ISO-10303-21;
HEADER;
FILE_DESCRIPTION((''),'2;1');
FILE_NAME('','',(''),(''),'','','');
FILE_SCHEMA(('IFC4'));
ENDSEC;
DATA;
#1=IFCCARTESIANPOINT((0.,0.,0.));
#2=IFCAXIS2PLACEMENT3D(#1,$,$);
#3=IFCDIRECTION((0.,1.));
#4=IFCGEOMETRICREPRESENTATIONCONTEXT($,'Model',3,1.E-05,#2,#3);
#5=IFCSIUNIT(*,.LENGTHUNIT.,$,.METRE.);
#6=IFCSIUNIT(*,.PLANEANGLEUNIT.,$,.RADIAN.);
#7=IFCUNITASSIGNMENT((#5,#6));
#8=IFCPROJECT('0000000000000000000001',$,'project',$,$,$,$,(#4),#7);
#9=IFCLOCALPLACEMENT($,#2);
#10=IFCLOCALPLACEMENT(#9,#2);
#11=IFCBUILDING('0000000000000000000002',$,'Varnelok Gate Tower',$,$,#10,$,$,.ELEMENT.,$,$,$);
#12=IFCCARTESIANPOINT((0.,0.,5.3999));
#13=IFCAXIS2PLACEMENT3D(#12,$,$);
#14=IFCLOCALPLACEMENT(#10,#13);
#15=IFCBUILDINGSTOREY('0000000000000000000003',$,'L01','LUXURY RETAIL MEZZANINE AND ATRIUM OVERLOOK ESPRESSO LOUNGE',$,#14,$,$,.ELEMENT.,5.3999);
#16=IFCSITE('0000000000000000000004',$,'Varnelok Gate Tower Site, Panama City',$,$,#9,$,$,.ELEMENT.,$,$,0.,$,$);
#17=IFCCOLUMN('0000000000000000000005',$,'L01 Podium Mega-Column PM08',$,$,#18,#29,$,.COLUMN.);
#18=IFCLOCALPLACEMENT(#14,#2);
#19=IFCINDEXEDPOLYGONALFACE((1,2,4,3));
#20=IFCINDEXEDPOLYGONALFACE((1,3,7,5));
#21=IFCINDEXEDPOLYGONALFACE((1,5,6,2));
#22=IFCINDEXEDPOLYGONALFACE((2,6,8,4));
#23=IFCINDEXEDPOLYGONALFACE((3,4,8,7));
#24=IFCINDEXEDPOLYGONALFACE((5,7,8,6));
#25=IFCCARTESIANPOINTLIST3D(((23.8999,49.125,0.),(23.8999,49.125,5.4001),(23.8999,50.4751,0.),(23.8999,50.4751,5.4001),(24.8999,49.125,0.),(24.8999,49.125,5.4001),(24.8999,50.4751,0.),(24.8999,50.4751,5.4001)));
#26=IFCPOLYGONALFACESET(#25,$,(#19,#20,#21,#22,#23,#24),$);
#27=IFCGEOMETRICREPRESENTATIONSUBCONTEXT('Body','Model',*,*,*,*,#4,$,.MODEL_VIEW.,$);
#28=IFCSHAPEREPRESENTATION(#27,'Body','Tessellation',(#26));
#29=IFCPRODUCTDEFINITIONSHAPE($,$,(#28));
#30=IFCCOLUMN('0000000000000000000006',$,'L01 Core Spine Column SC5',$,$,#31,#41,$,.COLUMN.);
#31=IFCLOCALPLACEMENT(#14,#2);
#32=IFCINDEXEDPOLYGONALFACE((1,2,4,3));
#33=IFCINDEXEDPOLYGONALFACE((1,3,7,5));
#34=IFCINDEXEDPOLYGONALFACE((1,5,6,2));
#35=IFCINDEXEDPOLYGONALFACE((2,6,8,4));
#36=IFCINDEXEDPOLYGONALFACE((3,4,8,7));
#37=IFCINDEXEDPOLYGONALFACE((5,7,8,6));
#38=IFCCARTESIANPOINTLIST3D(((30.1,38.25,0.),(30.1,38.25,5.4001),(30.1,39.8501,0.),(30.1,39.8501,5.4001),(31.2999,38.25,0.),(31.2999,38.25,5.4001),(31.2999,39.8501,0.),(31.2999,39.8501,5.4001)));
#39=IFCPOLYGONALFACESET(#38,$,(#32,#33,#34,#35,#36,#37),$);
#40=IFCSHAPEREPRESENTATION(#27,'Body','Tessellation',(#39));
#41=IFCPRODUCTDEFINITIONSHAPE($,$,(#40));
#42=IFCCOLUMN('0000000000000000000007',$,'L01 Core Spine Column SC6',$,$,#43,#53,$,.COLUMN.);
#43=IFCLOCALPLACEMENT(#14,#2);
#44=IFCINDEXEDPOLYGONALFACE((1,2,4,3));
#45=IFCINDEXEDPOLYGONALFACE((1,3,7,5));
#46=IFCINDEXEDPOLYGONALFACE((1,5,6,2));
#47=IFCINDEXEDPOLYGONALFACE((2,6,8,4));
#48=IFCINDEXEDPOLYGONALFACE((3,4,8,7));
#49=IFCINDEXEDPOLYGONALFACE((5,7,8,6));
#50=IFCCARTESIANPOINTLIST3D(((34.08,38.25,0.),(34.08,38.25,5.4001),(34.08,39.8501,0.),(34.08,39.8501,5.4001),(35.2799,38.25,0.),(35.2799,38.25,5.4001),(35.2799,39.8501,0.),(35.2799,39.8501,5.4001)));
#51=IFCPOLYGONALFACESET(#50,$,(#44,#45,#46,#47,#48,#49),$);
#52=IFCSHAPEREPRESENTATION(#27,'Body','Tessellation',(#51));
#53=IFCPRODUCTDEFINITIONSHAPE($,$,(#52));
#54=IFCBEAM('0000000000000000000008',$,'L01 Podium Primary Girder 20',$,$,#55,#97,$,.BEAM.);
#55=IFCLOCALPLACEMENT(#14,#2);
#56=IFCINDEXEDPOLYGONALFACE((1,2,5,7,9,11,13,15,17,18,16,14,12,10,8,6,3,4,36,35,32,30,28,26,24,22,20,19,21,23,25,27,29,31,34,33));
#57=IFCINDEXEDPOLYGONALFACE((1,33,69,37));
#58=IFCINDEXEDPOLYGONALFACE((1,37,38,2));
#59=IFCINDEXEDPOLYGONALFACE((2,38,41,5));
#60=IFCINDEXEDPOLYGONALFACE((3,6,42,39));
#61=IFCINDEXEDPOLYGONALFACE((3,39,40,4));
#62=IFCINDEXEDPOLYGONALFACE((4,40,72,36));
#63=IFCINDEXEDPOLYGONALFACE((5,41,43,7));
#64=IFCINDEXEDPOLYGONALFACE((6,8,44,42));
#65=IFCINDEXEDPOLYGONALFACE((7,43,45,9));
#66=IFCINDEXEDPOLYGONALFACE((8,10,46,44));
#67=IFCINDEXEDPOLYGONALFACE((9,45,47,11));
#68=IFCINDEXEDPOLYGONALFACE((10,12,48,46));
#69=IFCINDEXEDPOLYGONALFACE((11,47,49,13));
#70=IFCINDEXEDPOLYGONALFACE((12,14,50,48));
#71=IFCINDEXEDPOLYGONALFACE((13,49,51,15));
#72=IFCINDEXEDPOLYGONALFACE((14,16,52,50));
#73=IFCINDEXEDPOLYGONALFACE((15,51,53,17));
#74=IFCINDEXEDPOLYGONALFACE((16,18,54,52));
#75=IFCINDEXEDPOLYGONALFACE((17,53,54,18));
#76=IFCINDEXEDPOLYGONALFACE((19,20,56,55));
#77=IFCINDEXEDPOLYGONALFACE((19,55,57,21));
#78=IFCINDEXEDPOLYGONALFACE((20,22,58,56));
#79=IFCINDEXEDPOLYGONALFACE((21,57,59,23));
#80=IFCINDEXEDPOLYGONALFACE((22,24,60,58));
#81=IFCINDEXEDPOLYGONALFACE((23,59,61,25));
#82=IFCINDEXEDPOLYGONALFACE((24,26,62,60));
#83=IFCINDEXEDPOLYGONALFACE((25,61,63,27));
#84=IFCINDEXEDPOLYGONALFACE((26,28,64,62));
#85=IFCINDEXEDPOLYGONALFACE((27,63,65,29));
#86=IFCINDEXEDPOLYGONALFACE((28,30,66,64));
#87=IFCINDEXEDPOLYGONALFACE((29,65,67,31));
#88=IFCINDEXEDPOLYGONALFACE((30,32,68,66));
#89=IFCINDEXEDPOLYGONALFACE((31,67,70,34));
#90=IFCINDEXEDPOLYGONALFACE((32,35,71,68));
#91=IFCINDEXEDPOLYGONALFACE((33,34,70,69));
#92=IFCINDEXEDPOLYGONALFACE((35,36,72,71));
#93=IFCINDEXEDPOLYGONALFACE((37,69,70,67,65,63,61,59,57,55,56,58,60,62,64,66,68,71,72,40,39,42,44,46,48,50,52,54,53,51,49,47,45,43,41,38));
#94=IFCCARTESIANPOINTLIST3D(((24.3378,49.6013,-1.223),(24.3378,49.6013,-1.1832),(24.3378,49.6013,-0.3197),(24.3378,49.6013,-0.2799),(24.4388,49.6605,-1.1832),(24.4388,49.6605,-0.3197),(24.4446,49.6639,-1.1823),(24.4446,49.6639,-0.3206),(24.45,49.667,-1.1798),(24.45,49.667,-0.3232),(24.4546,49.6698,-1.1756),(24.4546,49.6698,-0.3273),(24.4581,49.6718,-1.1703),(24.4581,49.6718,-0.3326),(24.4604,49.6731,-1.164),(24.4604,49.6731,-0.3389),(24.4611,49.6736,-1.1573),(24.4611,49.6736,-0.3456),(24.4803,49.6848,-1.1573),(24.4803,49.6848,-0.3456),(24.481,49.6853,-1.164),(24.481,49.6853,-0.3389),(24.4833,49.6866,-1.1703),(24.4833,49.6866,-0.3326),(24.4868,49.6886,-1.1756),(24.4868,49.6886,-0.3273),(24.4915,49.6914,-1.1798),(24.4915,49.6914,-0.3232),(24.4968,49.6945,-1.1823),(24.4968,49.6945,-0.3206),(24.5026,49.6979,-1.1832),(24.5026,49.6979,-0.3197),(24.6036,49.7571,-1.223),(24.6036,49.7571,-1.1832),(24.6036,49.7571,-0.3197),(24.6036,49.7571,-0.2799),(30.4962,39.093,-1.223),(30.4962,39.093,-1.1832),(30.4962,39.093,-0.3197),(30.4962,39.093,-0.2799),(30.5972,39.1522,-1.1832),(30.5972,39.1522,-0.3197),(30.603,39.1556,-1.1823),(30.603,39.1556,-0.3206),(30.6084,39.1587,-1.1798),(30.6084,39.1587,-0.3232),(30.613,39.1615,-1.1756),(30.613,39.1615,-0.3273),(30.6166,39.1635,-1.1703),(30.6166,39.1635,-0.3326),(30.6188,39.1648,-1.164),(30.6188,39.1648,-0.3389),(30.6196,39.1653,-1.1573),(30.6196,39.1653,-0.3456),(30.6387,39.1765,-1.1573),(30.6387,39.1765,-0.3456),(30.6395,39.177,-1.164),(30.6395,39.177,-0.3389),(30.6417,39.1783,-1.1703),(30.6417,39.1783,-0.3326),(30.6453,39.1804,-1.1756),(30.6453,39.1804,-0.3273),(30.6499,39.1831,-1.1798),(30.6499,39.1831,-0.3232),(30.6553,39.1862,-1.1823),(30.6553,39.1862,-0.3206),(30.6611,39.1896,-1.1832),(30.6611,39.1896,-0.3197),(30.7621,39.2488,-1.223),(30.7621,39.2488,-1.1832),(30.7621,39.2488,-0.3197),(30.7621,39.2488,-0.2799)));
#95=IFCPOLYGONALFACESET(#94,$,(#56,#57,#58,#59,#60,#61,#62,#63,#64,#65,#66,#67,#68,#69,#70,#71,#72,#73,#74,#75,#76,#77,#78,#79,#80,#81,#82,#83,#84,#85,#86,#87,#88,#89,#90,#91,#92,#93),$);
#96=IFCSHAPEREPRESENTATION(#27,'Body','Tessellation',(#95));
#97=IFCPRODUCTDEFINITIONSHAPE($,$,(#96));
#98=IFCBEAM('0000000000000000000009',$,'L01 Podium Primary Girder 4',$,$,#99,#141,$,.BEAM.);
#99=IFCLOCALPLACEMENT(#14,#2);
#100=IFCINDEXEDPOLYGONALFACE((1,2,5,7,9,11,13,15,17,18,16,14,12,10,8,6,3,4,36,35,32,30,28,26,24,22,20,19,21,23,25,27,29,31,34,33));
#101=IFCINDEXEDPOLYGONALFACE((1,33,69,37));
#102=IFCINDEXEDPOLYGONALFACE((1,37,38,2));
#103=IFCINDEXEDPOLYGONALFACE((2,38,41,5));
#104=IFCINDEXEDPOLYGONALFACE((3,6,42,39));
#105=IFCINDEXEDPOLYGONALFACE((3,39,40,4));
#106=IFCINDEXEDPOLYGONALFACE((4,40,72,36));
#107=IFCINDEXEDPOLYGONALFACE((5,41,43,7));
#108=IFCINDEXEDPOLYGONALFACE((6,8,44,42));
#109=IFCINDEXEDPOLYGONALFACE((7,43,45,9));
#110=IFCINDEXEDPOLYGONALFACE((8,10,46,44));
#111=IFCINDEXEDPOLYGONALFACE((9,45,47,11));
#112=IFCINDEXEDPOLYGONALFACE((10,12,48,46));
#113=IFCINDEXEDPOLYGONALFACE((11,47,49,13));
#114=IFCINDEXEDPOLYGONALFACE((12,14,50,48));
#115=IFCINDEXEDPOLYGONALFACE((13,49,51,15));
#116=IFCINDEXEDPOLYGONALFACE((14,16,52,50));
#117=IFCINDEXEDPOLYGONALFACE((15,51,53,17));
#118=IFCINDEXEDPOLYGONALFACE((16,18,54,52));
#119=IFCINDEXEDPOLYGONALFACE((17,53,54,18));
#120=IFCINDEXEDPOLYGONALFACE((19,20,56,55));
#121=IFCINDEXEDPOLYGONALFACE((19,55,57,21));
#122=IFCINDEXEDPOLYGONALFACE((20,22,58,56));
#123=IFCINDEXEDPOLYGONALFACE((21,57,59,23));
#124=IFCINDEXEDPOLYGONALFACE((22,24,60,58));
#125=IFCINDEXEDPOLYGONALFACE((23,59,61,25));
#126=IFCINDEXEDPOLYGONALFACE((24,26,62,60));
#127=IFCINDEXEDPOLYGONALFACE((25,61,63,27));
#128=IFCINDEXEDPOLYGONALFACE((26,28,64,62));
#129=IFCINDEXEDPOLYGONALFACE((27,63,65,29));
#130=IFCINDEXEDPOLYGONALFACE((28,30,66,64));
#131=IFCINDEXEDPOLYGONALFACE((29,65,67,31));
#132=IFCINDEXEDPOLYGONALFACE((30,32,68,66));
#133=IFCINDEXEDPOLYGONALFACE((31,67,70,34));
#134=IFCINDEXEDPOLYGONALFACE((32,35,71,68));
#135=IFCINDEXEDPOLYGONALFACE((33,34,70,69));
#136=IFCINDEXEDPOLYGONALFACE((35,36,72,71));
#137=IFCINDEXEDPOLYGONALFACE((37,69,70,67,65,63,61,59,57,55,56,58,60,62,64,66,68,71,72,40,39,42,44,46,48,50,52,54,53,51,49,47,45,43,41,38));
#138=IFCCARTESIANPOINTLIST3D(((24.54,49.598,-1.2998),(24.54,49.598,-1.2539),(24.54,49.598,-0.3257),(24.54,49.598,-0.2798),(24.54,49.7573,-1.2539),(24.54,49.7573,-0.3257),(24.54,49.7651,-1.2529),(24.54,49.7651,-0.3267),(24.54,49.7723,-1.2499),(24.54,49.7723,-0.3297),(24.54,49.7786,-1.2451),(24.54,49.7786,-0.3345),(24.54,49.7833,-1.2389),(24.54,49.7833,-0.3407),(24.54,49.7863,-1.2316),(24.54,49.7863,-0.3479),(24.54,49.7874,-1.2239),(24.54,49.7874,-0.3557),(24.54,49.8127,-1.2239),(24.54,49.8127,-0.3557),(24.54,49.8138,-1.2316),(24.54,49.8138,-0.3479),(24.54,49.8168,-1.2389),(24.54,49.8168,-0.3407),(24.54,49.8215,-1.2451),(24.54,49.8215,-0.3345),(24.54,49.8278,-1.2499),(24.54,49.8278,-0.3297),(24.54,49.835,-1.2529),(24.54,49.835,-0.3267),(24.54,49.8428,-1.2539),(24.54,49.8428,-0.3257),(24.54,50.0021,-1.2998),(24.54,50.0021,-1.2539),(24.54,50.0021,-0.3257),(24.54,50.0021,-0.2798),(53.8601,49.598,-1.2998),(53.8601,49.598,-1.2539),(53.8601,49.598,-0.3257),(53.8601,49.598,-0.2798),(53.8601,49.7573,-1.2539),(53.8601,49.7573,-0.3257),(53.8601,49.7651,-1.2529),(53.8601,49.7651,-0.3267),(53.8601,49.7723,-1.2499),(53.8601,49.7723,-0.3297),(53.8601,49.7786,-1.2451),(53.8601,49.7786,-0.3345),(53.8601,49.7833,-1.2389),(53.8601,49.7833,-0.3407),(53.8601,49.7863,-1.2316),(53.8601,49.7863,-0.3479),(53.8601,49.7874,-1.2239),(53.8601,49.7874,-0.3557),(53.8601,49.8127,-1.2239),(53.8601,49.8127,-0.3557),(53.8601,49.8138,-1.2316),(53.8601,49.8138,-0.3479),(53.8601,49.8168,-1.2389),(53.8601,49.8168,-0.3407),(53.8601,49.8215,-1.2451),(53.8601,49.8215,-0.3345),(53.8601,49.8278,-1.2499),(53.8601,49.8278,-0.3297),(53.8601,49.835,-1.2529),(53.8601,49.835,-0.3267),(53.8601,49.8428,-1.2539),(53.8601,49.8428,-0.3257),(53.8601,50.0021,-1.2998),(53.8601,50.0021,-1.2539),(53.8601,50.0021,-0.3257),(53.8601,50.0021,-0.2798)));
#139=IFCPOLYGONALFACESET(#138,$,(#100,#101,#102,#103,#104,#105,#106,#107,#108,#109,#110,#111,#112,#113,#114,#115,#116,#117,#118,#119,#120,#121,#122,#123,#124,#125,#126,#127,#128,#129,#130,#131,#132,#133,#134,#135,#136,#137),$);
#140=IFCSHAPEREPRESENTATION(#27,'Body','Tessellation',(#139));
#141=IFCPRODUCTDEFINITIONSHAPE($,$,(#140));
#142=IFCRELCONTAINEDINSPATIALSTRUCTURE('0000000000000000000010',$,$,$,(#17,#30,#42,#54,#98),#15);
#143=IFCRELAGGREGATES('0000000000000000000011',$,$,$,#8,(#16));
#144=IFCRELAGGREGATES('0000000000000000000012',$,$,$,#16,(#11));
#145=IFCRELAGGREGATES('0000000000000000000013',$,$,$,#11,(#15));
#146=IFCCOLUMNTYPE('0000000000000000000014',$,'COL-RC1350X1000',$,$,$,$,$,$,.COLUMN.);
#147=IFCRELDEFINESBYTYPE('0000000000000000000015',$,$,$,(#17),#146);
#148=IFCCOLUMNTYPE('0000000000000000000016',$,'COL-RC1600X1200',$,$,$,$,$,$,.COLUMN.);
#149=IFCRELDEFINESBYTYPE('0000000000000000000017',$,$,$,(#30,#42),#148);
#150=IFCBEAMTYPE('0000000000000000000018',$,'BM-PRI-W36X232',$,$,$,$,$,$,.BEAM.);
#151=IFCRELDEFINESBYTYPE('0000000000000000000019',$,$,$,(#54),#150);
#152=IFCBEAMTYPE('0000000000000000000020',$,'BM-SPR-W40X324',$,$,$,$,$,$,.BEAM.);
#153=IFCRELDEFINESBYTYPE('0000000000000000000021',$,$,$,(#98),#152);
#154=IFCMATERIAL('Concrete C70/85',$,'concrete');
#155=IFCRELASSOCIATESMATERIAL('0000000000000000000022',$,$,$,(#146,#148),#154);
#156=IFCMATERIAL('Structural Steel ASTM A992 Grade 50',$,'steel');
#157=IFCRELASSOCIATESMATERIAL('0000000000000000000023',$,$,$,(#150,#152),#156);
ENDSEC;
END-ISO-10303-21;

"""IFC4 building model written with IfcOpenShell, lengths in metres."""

from ifc_helpers import new_model, si_unit, direction, frame, origin, origin_2d, place, context, subcontext, project, spatial, rectangle, i_section, extrude, material, material_profile, profile_set, type_object, element, save


model = new_model("IFC4")

# Units and contexts
model_context = context("Model", 3, precision=1e-05, world=origin(), true_north=direction((0.0, 1.0)))
body_context = subcontext(model_context, "Body", "Model", "MODEL_VIEW")
ifc_project = project(units=[si_unit("LENGTHUNIT", "METRE"), si_unit("PLANEANGLEUNIT", "RADIAN")], contexts=[model_context])

# Site, building, storey
site_placement = place(None, origin())
site = spatial("IfcSite", under=ifc_project, at=site_placement, Name="Varnelok Gate Tower Site, Panama City", CompositionType="ELEMENT", RefElevation=0.0)
building_placement = place(site_placement, origin())
building = spatial("IfcBuilding", under=site, at=building_placement, Name="Varnelok Gate Tower", CompositionType="ELEMENT")
storey_placement = place(building_placement, frame((0.0, 0.0, 5.3999)))
storey = spatial("IfcBuildingStorey", under=building, at=storey_placement, Name="L01", Description="LUXURY RETAIL MEZZANINE AND ATRIUM OVERLOOK ESPRESSO LOUNGE", CompositionType="ELEMENT", Elevation=5.3999)

# Columns
ifc_material_1 = material(Name="Concrete C70/85", Category="concrete")
ifc_material_profile_1 = material_profile(ifc_material_1, rectangle(XDim=1.0, YDim=1.3501, at=origin_2d()), Name="RC1350X1000")
ifc_profile_set_1 = profile_set([ifc_material_profile_1], Name="Concrete C70/85")
column_type_1 = type_object("IfcColumnType", Name="COL-RC1350X1000", PredefinedType="COLUMN", material=ifc_profile_set_1)
column_placement = place(storey_placement, frame((24.3999, 49.8, 0.0), z_axis=(0.0, 0.0, 1.0), x_axis=(1.0, 0.0, 0.0)))
element("IfcColumn", 1, at=column_placement, inside=storey, type_object=column_type_1, Name="L01 Podium Mega-Column PM08", PredefinedType="COLUMN", context=body_context, shape_type="SweptSolid", body=[
    extrude(rectangle(XDim=1.0, YDim=1.3501, at=origin_2d()), origin(), (0.0, 0.0, 1.0), 5.4001),
])
ifc_material_profile_2 = material_profile(ifc_material_1, rectangle(XDim=1.2, YDim=1.6001, at=origin_2d()), Name="RC1600X1200")
ifc_profile_set_2 = profile_set([ifc_material_profile_2], Name="Concrete C70/85")
column_type_2 = type_object("IfcColumnType", Name="COL-RC1600X1200", PredefinedType="COLUMN", material=ifc_profile_set_2)
for number, where, z_axis, x_axis, name in (
    (2, (30.7, 39.05, 0.0), (0.0, 0.0, 1.0), (1.0, 0.0, 0.0), "L01 Core Spine Column SC5"),
    (3, (34.6799, 39.05, 0.0), (0.0, 0.0, 1.0), (1.0, 0.0, 0.0), "L01 Core Spine Column SC6"),
):
    element("IfcColumn", number, at=place(storey_placement, frame(where, z_axis=z_axis, x_axis=x_axis)), inside=storey, type_object=column_type_2, Name=name, PredefinedType="COLUMN", context=body_context, shape_type="SweptSolid", body=[
        extrude(rectangle(XDim=1.2, YDim=1.6001, at=origin_2d()), origin(), (0.0, 0.0, 1.0), 5.4001),
    ])

# Beams
ifc_material_2 = material(Name="Structural Steel ASTM A992 Grade 50", Category="steel")
ifc_material_profile_3 = material_profile(ifc_material_2, i_section(OverallWidth=0.3081, OverallDepth=0.9431, WebThickness=0.0222, FlangeThickness=0.0398, FilletRadius=0.0259, at=origin_2d()), Name="W36X232")
ifc_profile_set_3 = profile_set([ifc_material_profile_3], Name="Structural Steel ASTM A992 Grade 50")
beam_type_1 = type_object("IfcBeamType", Name="BM-PRI-W36X232", PredefinedType="BEAM", material=ifc_profile_set_3)
beam_1_placement = place(storey_placement, frame((24.4707, 49.6792, -0.7515), z_axis=(0.505622, -0.862755, 0.0), x_axis=(0.862755, 0.505622, 0.0)))
element("IfcBeam", 4, at=beam_1_placement, inside=storey, type_object=beam_type_1, Name="L01 Podium Primary Girder 20", PredefinedType="BEAM", context=body_context, shape_type="SweptSolid", body=[
    extrude(i_section(OverallWidth=0.3081, OverallDepth=0.9431, WebThickness=0.0222, FlangeThickness=0.0398, FilletRadius=0.0259, at=origin_2d()), origin(), (0.0, 0.0, 1.0), 12.1799),
])
ifc_material_profile_4 = material_profile(ifc_material_2, i_section(OverallWidth=0.4041, OverallDepth=1.02, WebThickness=0.0254, FlangeThickness=0.0459, FilletRadius=0.03, at=origin_2d()), Name="W40X324")
ifc_profile_set_4 = profile_set([ifc_material_profile_4], Name="Structural Steel ASTM A992 Grade 50")
beam_type_2 = type_object("IfcBeamType", Name="BM-SPR-W40X324", PredefinedType="BEAM", material=ifc_profile_set_4)
beam_2_placement = place(storey_placement, frame((24.54, 49.8, -0.7898), z_axis=(1.0, 0.0, 0.0), x_axis=(0.0, 1.0, 0.0)))
element("IfcBeam", 5, at=beam_2_placement, inside=storey, type_object=beam_type_2, Name="L01 Podium Primary Girder 4", PredefinedType="BEAM", context=body_context, shape_type="SweptSolid", body=[
    extrude(i_section(OverallWidth=0.4041, OverallDepth=1.02, WebThickness=0.0254, FlangeThickness=0.0459, FilletRadius=0.03, at=origin_2d()), origin(), (0.0, 0.0, 1.0), 29.3201),
])

save(model, "model.ifc")
